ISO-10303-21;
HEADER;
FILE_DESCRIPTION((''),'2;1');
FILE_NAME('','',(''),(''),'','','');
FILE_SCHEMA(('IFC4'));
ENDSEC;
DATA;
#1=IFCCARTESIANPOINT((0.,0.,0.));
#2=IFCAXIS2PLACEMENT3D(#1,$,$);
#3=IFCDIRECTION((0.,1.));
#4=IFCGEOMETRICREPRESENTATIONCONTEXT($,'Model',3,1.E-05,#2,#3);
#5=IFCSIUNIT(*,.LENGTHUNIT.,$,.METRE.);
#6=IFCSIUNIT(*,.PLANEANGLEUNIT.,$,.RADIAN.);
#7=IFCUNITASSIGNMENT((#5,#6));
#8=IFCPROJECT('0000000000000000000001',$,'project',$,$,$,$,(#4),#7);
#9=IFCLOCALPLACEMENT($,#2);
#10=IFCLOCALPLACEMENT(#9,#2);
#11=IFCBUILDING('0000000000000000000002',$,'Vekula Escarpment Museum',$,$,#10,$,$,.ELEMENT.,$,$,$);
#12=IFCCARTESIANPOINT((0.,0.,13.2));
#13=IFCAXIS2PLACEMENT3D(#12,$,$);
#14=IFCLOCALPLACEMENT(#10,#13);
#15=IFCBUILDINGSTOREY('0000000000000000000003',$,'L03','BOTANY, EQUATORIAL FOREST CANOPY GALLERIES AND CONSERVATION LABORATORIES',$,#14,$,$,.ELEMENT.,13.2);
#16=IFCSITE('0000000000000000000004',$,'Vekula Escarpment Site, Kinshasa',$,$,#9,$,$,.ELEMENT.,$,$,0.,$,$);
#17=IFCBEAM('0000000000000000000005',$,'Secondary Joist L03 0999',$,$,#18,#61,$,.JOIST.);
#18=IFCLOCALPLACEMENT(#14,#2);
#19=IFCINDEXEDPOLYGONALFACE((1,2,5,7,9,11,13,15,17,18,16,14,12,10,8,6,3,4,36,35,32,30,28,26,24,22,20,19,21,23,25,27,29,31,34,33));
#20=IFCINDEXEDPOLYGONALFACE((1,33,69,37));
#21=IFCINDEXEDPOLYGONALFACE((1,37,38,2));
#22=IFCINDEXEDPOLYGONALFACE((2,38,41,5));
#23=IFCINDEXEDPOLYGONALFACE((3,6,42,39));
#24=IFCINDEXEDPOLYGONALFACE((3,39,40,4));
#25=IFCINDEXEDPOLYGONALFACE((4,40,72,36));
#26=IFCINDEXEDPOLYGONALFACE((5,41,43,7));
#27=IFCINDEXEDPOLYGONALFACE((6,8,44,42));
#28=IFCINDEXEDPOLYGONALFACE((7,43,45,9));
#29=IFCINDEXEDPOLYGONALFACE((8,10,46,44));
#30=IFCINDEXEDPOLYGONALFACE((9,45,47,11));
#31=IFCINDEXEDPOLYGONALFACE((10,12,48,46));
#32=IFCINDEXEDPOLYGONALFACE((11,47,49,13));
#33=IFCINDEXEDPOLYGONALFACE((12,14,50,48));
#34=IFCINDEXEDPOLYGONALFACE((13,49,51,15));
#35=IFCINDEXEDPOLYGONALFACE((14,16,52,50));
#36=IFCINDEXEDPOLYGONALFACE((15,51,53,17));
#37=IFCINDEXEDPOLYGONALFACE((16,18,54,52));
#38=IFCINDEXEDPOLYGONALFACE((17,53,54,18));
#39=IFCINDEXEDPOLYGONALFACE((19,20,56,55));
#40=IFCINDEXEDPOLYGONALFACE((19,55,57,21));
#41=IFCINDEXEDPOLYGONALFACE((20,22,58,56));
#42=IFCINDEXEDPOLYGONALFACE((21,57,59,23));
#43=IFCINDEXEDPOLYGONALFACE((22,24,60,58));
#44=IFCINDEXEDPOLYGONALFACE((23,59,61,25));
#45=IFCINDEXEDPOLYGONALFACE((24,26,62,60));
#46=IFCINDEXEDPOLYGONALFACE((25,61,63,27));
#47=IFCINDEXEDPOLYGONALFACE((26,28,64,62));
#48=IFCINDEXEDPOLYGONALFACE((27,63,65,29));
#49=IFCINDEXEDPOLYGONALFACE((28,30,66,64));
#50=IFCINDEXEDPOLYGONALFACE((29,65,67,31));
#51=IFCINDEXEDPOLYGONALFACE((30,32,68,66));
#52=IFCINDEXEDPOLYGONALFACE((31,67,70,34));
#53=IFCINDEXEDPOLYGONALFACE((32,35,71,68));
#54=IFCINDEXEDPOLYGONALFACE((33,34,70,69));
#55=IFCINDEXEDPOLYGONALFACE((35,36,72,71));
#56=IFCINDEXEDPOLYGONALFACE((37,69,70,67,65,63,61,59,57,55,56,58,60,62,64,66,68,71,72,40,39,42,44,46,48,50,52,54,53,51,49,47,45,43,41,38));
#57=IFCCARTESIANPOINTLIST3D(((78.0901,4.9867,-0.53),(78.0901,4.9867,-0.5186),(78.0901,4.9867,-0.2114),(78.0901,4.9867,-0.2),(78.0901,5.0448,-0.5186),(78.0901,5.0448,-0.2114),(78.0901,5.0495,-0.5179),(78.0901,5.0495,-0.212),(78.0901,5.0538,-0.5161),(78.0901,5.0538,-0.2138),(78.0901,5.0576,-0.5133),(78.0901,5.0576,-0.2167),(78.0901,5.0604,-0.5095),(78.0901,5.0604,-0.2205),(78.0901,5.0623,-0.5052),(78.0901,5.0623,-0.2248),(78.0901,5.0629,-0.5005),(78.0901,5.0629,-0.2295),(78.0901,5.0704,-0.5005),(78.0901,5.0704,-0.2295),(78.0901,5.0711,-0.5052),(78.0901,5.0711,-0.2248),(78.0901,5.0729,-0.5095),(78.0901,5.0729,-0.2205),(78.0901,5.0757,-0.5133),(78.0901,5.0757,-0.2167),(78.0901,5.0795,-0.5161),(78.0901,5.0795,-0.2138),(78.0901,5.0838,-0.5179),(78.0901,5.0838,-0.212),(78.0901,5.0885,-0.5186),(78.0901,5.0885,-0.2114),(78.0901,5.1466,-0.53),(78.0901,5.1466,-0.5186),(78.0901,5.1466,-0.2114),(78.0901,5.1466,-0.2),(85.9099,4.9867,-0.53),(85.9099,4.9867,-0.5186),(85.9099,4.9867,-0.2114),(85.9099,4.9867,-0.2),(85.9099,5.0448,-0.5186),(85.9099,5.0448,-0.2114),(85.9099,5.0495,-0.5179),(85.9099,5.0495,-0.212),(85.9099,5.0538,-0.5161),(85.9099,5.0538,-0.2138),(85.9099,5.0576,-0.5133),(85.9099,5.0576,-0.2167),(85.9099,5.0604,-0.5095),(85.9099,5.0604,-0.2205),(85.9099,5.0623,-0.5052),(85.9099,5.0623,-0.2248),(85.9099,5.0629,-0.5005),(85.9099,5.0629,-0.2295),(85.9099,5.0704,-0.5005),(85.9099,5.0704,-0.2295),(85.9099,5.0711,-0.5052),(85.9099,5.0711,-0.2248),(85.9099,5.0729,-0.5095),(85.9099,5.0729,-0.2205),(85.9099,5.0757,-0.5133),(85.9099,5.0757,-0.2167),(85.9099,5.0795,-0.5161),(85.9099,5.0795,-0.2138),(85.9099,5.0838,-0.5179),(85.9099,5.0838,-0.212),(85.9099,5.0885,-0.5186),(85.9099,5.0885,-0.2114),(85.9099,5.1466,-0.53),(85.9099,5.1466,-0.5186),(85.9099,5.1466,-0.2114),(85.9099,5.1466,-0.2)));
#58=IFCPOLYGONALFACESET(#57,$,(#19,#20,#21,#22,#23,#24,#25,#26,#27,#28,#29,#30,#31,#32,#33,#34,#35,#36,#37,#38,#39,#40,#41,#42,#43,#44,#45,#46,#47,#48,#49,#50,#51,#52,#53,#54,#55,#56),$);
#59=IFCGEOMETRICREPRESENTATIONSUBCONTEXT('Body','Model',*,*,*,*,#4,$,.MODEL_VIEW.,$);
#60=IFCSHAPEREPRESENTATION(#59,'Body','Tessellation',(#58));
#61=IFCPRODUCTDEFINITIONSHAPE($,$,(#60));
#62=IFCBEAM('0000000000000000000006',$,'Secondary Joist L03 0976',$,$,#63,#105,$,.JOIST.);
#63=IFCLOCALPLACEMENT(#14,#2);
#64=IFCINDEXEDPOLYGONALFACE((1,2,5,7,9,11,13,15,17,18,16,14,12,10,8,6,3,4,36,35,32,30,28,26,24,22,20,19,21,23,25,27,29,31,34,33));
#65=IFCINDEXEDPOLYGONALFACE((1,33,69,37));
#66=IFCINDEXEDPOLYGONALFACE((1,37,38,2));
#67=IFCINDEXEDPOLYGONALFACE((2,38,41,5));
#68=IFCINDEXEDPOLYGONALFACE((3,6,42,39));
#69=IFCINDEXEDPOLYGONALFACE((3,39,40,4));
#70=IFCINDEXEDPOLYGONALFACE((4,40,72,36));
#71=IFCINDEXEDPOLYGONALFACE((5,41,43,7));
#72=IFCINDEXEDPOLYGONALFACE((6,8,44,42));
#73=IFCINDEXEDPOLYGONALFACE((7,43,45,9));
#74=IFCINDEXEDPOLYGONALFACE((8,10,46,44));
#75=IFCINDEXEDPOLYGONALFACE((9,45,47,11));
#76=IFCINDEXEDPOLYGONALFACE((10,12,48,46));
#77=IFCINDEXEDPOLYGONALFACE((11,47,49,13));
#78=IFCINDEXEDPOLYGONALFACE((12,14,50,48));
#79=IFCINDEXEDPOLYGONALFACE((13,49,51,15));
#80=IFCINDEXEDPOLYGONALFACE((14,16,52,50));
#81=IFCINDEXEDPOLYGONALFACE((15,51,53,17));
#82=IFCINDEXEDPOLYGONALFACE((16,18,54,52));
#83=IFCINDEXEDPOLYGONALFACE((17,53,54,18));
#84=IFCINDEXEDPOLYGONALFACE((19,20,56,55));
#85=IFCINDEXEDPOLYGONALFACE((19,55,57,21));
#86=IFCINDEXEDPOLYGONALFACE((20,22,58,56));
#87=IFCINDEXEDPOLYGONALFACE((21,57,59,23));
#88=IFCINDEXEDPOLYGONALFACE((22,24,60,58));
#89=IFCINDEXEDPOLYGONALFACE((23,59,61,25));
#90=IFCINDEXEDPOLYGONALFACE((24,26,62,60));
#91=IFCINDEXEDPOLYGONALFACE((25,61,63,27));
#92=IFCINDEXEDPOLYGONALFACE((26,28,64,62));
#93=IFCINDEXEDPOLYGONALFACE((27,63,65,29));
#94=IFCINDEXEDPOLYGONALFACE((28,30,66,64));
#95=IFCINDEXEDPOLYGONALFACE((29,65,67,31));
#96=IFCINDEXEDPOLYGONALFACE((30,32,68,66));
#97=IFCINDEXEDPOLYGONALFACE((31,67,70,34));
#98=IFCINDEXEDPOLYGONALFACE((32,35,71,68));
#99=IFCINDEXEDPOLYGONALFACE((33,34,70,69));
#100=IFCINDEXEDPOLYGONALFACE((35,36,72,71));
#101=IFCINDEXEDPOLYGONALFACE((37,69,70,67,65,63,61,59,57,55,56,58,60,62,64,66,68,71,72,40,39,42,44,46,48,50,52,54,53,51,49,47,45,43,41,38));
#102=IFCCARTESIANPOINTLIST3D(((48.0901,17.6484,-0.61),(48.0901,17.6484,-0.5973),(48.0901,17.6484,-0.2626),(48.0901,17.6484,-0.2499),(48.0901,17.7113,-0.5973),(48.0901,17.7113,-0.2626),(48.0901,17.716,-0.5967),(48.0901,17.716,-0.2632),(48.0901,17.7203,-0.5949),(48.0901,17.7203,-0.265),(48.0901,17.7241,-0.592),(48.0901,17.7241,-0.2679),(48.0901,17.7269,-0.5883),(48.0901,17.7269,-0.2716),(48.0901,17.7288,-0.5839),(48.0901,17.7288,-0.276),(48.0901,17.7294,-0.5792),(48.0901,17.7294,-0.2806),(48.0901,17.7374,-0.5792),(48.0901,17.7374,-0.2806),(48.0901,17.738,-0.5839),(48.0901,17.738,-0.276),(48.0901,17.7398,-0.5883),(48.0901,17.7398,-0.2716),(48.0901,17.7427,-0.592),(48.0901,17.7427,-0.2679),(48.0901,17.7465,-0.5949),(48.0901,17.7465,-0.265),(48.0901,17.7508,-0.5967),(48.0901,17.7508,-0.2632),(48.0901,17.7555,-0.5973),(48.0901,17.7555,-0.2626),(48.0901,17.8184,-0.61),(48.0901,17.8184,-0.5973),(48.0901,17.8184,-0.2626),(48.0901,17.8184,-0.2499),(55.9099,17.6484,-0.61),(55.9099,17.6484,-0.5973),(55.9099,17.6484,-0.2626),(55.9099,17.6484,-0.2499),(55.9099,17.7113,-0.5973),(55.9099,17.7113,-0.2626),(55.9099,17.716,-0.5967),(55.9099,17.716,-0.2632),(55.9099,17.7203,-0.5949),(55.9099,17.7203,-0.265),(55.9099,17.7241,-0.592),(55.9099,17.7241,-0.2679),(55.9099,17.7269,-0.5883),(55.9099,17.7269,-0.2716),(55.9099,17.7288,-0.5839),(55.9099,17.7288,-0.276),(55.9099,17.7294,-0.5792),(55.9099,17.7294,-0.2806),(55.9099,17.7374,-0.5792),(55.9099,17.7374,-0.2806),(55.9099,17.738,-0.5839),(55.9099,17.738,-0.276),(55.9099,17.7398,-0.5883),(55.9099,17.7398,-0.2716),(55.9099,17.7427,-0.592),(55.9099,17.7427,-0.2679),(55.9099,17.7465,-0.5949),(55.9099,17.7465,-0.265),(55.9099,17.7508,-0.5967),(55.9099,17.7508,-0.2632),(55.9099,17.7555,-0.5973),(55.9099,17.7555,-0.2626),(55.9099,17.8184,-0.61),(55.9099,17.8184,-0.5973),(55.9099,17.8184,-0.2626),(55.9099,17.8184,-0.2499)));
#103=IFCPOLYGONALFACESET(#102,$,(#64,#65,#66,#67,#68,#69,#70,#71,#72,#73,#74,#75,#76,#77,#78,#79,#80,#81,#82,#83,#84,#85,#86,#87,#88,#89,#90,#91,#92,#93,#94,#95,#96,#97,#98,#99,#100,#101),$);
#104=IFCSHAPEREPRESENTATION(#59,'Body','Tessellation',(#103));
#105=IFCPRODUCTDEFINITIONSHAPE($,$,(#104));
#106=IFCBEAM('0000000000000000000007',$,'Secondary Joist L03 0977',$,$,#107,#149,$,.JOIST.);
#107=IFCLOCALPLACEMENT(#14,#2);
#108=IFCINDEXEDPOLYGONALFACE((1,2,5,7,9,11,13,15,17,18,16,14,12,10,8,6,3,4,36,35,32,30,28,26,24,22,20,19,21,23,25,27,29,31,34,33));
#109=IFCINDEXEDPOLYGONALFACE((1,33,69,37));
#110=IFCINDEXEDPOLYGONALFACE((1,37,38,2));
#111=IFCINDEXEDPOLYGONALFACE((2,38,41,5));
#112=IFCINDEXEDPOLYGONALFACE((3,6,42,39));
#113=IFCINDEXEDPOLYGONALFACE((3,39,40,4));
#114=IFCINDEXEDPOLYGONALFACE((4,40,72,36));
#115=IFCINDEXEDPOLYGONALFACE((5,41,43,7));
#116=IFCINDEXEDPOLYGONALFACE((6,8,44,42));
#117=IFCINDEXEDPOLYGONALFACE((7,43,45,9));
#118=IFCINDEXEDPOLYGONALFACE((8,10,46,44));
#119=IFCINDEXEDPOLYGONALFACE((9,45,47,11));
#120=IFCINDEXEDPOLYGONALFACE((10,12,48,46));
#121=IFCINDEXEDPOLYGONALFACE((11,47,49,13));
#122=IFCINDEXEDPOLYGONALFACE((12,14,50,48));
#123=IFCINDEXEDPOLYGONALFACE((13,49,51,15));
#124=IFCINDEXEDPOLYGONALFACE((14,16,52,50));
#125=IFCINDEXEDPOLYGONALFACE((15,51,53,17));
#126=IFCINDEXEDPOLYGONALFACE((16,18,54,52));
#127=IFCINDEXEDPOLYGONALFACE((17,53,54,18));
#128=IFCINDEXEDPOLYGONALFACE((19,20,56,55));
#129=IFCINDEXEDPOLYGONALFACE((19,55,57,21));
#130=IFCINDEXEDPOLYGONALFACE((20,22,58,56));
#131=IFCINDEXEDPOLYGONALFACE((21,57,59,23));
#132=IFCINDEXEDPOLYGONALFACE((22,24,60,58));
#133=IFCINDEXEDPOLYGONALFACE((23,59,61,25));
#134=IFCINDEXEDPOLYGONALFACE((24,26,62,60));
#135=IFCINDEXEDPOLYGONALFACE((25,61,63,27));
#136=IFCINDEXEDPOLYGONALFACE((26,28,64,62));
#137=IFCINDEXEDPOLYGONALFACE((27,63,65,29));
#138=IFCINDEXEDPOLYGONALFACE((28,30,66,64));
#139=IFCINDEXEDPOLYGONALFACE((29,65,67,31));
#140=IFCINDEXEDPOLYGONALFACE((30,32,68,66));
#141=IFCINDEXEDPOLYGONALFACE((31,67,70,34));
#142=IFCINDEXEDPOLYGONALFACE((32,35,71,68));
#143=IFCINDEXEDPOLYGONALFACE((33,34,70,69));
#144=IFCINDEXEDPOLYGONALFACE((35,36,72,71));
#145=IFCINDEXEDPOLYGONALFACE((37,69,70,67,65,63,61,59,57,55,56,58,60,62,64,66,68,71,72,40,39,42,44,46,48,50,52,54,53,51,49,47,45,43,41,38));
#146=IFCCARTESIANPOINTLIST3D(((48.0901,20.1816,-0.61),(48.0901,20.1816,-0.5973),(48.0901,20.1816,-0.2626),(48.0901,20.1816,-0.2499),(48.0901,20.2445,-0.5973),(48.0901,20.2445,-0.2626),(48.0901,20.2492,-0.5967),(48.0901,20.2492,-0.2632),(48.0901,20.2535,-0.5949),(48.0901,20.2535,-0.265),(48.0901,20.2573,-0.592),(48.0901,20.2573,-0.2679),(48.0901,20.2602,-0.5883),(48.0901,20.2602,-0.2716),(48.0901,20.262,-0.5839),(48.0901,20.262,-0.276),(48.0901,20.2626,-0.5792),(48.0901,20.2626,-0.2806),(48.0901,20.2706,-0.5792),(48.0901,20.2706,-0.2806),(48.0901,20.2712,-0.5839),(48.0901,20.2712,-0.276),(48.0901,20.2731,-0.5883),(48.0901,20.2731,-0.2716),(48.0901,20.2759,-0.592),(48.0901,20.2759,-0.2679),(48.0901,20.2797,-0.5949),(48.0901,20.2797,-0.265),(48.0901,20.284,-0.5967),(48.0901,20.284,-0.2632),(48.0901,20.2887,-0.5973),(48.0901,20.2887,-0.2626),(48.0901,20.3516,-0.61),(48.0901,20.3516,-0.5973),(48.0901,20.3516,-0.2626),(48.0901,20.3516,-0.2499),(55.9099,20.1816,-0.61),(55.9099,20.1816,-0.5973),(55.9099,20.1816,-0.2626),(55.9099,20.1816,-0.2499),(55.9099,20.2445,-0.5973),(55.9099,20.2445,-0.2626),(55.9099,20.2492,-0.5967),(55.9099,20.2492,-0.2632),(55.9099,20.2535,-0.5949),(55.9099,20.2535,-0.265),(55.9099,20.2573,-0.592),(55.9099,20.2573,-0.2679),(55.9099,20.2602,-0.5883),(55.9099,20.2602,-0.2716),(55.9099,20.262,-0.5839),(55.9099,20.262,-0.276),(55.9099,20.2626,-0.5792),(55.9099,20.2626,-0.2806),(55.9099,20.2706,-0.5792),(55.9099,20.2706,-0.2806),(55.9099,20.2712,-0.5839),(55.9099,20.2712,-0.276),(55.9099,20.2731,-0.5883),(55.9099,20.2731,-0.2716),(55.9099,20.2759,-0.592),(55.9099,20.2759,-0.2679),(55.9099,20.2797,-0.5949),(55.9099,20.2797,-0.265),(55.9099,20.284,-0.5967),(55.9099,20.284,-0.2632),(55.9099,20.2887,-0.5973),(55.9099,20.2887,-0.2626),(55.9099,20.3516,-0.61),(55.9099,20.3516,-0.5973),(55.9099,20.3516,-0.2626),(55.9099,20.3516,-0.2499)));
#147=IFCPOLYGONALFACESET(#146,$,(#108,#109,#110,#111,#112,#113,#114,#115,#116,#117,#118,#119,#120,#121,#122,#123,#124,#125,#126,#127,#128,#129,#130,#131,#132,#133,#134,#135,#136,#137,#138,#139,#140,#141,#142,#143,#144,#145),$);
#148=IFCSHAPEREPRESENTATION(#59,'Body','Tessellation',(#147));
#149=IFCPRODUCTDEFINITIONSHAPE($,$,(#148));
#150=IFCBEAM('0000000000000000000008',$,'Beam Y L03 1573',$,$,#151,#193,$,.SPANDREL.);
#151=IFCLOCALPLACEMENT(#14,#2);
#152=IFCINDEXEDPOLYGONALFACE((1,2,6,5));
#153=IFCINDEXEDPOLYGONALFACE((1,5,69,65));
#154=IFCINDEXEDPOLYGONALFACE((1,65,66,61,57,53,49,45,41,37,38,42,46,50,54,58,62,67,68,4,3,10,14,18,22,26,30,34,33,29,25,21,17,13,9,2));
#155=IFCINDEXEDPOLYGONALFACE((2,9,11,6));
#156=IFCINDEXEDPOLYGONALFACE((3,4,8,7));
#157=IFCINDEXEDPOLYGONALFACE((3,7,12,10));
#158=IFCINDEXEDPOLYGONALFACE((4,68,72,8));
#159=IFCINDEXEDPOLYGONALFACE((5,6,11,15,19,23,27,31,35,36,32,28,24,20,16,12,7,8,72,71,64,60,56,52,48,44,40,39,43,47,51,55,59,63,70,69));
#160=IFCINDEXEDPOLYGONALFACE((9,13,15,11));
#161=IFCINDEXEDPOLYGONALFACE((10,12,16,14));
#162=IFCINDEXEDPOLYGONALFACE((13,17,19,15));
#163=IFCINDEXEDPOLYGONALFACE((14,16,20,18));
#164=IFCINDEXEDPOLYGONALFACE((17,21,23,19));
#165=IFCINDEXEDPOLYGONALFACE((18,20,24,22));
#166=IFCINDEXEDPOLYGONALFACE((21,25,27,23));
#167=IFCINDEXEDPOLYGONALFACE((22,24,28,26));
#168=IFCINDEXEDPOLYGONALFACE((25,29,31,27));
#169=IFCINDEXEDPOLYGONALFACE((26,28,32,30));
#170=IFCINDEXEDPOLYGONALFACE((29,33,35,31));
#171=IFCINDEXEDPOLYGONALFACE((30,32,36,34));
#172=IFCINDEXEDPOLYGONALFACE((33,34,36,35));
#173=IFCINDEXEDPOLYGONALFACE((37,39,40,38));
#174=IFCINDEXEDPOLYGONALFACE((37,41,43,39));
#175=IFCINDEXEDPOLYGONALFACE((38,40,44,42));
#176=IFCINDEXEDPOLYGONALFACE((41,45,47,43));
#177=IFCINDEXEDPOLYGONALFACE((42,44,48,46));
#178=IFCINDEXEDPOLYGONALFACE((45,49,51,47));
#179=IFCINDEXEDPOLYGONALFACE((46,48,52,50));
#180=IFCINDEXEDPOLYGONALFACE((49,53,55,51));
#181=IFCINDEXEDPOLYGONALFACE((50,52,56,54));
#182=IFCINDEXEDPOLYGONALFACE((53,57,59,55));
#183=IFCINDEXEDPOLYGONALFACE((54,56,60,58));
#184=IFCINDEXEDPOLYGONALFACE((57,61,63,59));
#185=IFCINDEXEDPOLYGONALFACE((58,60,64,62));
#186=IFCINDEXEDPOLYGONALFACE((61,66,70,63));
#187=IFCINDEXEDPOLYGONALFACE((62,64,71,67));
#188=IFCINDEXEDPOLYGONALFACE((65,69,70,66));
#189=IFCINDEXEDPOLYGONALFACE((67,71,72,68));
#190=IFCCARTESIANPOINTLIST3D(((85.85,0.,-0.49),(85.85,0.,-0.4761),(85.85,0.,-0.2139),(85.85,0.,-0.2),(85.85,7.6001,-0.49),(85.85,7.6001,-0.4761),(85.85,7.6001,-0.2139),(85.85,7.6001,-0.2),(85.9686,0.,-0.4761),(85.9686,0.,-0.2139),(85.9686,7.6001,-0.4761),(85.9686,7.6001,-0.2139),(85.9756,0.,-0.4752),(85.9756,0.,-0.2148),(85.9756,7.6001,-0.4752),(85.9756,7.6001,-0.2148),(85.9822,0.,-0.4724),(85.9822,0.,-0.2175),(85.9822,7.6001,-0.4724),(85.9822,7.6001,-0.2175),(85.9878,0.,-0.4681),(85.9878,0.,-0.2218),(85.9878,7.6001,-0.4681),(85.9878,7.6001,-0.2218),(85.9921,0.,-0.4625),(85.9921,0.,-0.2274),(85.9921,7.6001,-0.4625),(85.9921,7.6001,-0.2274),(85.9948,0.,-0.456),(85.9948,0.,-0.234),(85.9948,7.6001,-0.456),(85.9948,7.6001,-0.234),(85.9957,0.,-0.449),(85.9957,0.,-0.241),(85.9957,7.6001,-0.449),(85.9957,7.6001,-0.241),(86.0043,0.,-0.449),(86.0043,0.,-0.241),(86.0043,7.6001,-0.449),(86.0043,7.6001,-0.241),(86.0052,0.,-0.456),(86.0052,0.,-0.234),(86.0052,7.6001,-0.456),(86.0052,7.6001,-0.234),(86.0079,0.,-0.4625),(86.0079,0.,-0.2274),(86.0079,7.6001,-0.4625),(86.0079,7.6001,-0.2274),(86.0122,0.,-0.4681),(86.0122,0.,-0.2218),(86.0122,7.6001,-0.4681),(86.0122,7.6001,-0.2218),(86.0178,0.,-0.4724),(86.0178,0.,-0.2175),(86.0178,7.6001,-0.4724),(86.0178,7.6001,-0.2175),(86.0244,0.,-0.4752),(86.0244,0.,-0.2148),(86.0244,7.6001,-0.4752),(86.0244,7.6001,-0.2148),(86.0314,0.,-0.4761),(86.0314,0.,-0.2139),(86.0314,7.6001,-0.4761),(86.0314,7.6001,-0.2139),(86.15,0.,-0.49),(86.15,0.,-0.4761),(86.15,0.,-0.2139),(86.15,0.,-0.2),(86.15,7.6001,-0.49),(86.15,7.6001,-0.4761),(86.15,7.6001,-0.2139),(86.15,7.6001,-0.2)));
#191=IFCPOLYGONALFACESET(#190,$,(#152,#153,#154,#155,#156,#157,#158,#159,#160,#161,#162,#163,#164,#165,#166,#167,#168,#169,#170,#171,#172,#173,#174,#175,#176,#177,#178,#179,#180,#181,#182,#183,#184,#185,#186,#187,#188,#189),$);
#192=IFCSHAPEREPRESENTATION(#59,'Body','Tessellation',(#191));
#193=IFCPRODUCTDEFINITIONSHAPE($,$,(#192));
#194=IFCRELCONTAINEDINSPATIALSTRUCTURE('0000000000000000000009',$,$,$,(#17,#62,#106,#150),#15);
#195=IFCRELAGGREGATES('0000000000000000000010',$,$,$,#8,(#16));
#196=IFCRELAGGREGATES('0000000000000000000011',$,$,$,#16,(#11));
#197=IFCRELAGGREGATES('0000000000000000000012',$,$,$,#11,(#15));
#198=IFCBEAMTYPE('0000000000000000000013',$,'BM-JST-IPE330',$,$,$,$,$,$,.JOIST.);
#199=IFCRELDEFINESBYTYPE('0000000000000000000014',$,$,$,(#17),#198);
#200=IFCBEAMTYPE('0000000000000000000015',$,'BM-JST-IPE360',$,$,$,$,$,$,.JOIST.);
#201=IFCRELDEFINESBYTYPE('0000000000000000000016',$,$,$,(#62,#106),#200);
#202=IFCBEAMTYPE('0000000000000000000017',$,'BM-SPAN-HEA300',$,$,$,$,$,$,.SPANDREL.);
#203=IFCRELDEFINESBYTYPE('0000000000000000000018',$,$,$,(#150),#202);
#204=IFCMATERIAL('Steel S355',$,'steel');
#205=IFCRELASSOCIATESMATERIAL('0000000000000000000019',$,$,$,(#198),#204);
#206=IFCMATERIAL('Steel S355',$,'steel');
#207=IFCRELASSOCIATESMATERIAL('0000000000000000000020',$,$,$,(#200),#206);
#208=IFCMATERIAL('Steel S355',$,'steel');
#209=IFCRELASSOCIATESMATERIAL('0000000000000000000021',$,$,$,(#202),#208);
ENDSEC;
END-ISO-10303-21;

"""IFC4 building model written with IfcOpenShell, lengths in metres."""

from ifc_helpers import new_model, si_unit, direction, frame, origin, origin_2d, place, context, subcontext, project, spatial, i_section, extrude, material, material_profile, profile_set, type_object, element, save


model = new_model("IFC4")

# Units and contexts
model_context = context("Model", 3, precision=1e-05, world=origin(), true_north=direction((0.0, 1.0)))
body_context = subcontext(model_context, "Body", "Model", "MODEL_VIEW")
ifc_project = project(units=[si_unit("LENGTHUNIT", "METRE"), si_unit("PLANEANGLEUNIT", "RADIAN")], contexts=[model_context])

# Site, building, storey
site_placement = place(None, origin())
site = spatial("IfcSite", under=ifc_project, at=site_placement, Name="Vekula Escarpment Site, Kinshasa", CompositionType="ELEMENT", RefElevation=0.0)
building_placement = place(site_placement, origin())
building = spatial("IfcBuilding", under=site, at=building_placement, Name="Vekula Escarpment Museum", CompositionType="ELEMENT")
storey_placement = place(building_placement, frame((0.0, 0.0, 13.2)))
storey = spatial("IfcBuildingStorey", under=building, at=storey_placement, Name="L03", Description="BOTANY, EQUATORIAL FOREST CANOPY GALLERIES AND CONSERVATION LABORATORIES", CompositionType="ELEMENT", Elevation=13.2)

# Beams
ifc_material_1 = material(Name="Steel S355", Category="steel")
ifc_material_profile_1 = material_profile(ifc_material_1, i_section(OverallWidth=0.1599, OverallDepth=0.3301, WebThickness=0.0076, FlangeThickness=0.0115, FilletRadius=0.0181, at=origin_2d()), Name="IPE 330")
ifc_profile_set_1 = profile_set([ifc_material_profile_1], Name="Steel S355")
beam_type_1 = type_object("IfcBeamType", Name="BM-JST-IPE330", PredefinedType="JOIST", material=ifc_profile_set_1)
for number, where, z_axis, x_axis, name in (
    (1, (78.0901, 5.0667, -0.365), (1.0, 0.0, 0.0), (0.0, 1.0, 0.0), "Secondary Joist L03 0999"),
):
    element("IfcBeam", number, at=place(storey_placement, frame(where, z_axis=z_axis, x_axis=x_axis)), inside=storey, type_object=beam_type_1, Name=name, PredefinedType="JOIST", context=body_context, shape_type="SweptSolid", body=[
        extrude(i_section(OverallWidth=0.1599, OverallDepth=0.3301, WebThickness=0.0076, FlangeThickness=0.0115, FilletRadius=0.0181, at=origin_2d()), origin(), (0.0, 0.0, 1.0), 7.8198),
    ])
ifc_material_2 = material(Name="Steel S355", Category="steel")
ifc_material_profile_2 = material_profile(ifc_material_2, i_section(OverallWidth=0.1699, OverallDepth=0.3601, WebThickness=0.0081, FlangeThickness=0.0127, FilletRadius=0.0181, at=origin_2d()), Name="IPE 360")
ifc_profile_set_2 = profile_set([ifc_material_profile_2], Name="Steel S355")
beam_type_2 = type_object("IfcBeamType", Name="BM-JST-IPE360", PredefinedType="JOIST", material=ifc_profile_set_2)
for number, where, z_axis, x_axis, name in (
    (2, (48.0901, 17.7334, -0.4299), (1.0, 0.0, 0.0), (0.0, 1.0, 0.0), "Secondary Joist L03 0976"),
    (3, (48.0901, 20.2666, -0.4299), (1.0, 0.0, 0.0), (0.0, 1.0, 0.0), "Secondary Joist L03 0977"),
):
    element("IfcBeam", number, at=place(storey_placement, frame(where, z_axis=z_axis, x_axis=x_axis)), inside=storey, type_object=beam_type_2, Name=name, PredefinedType="JOIST", context=body_context, shape_type="SweptSolid", body=[
        extrude(i_section(OverallWidth=0.1699, OverallDepth=0.3601, WebThickness=0.0081, FlangeThickness=0.0127, FilletRadius=0.0181, at=origin_2d()), origin(), (0.0, 0.0, 1.0), 7.8198),
    ])
ifc_material_3 = material(Name="Steel S355", Category="steel")
ifc_material_profile_3 = material_profile(ifc_material_3, i_section(OverallWidth=0.3, OverallDepth=0.29, WebThickness=0.0085, FlangeThickness=0.0139, FilletRadius=0.0271, at=origin_2d()), Name="HEA 300")
ifc_profile_set_3 = profile_set([ifc_material_profile_3], Name="Steel S355")
beam_type_3 = type_object("IfcBeamType", Name="BM-SPAN-HEA300", PredefinedType="SPANDREL", material=ifc_profile_set_3)
beam_1_placement = place(storey_placement, frame((86.0, 0.0, -0.345), z_axis=(0.0, 1.0, 0.0), x_axis=(-1.0, 0.0, 0.0)))
element("IfcBeam", 4, at=beam_1_placement, inside=storey, type_object=beam_type_3, Name="Beam Y L03 1573", PredefinedType="SPANDREL", context=body_context, shape_type="SweptSolid", body=[
    extrude(i_section(OverallWidth=0.3, OverallDepth=0.29, WebThickness=0.0085, FlangeThickness=0.0139, FilletRadius=0.0271, at=origin_2d()), origin(), (0.0, 0.0, 1.0), 7.6001),
])

save(model, "model.ifc")
